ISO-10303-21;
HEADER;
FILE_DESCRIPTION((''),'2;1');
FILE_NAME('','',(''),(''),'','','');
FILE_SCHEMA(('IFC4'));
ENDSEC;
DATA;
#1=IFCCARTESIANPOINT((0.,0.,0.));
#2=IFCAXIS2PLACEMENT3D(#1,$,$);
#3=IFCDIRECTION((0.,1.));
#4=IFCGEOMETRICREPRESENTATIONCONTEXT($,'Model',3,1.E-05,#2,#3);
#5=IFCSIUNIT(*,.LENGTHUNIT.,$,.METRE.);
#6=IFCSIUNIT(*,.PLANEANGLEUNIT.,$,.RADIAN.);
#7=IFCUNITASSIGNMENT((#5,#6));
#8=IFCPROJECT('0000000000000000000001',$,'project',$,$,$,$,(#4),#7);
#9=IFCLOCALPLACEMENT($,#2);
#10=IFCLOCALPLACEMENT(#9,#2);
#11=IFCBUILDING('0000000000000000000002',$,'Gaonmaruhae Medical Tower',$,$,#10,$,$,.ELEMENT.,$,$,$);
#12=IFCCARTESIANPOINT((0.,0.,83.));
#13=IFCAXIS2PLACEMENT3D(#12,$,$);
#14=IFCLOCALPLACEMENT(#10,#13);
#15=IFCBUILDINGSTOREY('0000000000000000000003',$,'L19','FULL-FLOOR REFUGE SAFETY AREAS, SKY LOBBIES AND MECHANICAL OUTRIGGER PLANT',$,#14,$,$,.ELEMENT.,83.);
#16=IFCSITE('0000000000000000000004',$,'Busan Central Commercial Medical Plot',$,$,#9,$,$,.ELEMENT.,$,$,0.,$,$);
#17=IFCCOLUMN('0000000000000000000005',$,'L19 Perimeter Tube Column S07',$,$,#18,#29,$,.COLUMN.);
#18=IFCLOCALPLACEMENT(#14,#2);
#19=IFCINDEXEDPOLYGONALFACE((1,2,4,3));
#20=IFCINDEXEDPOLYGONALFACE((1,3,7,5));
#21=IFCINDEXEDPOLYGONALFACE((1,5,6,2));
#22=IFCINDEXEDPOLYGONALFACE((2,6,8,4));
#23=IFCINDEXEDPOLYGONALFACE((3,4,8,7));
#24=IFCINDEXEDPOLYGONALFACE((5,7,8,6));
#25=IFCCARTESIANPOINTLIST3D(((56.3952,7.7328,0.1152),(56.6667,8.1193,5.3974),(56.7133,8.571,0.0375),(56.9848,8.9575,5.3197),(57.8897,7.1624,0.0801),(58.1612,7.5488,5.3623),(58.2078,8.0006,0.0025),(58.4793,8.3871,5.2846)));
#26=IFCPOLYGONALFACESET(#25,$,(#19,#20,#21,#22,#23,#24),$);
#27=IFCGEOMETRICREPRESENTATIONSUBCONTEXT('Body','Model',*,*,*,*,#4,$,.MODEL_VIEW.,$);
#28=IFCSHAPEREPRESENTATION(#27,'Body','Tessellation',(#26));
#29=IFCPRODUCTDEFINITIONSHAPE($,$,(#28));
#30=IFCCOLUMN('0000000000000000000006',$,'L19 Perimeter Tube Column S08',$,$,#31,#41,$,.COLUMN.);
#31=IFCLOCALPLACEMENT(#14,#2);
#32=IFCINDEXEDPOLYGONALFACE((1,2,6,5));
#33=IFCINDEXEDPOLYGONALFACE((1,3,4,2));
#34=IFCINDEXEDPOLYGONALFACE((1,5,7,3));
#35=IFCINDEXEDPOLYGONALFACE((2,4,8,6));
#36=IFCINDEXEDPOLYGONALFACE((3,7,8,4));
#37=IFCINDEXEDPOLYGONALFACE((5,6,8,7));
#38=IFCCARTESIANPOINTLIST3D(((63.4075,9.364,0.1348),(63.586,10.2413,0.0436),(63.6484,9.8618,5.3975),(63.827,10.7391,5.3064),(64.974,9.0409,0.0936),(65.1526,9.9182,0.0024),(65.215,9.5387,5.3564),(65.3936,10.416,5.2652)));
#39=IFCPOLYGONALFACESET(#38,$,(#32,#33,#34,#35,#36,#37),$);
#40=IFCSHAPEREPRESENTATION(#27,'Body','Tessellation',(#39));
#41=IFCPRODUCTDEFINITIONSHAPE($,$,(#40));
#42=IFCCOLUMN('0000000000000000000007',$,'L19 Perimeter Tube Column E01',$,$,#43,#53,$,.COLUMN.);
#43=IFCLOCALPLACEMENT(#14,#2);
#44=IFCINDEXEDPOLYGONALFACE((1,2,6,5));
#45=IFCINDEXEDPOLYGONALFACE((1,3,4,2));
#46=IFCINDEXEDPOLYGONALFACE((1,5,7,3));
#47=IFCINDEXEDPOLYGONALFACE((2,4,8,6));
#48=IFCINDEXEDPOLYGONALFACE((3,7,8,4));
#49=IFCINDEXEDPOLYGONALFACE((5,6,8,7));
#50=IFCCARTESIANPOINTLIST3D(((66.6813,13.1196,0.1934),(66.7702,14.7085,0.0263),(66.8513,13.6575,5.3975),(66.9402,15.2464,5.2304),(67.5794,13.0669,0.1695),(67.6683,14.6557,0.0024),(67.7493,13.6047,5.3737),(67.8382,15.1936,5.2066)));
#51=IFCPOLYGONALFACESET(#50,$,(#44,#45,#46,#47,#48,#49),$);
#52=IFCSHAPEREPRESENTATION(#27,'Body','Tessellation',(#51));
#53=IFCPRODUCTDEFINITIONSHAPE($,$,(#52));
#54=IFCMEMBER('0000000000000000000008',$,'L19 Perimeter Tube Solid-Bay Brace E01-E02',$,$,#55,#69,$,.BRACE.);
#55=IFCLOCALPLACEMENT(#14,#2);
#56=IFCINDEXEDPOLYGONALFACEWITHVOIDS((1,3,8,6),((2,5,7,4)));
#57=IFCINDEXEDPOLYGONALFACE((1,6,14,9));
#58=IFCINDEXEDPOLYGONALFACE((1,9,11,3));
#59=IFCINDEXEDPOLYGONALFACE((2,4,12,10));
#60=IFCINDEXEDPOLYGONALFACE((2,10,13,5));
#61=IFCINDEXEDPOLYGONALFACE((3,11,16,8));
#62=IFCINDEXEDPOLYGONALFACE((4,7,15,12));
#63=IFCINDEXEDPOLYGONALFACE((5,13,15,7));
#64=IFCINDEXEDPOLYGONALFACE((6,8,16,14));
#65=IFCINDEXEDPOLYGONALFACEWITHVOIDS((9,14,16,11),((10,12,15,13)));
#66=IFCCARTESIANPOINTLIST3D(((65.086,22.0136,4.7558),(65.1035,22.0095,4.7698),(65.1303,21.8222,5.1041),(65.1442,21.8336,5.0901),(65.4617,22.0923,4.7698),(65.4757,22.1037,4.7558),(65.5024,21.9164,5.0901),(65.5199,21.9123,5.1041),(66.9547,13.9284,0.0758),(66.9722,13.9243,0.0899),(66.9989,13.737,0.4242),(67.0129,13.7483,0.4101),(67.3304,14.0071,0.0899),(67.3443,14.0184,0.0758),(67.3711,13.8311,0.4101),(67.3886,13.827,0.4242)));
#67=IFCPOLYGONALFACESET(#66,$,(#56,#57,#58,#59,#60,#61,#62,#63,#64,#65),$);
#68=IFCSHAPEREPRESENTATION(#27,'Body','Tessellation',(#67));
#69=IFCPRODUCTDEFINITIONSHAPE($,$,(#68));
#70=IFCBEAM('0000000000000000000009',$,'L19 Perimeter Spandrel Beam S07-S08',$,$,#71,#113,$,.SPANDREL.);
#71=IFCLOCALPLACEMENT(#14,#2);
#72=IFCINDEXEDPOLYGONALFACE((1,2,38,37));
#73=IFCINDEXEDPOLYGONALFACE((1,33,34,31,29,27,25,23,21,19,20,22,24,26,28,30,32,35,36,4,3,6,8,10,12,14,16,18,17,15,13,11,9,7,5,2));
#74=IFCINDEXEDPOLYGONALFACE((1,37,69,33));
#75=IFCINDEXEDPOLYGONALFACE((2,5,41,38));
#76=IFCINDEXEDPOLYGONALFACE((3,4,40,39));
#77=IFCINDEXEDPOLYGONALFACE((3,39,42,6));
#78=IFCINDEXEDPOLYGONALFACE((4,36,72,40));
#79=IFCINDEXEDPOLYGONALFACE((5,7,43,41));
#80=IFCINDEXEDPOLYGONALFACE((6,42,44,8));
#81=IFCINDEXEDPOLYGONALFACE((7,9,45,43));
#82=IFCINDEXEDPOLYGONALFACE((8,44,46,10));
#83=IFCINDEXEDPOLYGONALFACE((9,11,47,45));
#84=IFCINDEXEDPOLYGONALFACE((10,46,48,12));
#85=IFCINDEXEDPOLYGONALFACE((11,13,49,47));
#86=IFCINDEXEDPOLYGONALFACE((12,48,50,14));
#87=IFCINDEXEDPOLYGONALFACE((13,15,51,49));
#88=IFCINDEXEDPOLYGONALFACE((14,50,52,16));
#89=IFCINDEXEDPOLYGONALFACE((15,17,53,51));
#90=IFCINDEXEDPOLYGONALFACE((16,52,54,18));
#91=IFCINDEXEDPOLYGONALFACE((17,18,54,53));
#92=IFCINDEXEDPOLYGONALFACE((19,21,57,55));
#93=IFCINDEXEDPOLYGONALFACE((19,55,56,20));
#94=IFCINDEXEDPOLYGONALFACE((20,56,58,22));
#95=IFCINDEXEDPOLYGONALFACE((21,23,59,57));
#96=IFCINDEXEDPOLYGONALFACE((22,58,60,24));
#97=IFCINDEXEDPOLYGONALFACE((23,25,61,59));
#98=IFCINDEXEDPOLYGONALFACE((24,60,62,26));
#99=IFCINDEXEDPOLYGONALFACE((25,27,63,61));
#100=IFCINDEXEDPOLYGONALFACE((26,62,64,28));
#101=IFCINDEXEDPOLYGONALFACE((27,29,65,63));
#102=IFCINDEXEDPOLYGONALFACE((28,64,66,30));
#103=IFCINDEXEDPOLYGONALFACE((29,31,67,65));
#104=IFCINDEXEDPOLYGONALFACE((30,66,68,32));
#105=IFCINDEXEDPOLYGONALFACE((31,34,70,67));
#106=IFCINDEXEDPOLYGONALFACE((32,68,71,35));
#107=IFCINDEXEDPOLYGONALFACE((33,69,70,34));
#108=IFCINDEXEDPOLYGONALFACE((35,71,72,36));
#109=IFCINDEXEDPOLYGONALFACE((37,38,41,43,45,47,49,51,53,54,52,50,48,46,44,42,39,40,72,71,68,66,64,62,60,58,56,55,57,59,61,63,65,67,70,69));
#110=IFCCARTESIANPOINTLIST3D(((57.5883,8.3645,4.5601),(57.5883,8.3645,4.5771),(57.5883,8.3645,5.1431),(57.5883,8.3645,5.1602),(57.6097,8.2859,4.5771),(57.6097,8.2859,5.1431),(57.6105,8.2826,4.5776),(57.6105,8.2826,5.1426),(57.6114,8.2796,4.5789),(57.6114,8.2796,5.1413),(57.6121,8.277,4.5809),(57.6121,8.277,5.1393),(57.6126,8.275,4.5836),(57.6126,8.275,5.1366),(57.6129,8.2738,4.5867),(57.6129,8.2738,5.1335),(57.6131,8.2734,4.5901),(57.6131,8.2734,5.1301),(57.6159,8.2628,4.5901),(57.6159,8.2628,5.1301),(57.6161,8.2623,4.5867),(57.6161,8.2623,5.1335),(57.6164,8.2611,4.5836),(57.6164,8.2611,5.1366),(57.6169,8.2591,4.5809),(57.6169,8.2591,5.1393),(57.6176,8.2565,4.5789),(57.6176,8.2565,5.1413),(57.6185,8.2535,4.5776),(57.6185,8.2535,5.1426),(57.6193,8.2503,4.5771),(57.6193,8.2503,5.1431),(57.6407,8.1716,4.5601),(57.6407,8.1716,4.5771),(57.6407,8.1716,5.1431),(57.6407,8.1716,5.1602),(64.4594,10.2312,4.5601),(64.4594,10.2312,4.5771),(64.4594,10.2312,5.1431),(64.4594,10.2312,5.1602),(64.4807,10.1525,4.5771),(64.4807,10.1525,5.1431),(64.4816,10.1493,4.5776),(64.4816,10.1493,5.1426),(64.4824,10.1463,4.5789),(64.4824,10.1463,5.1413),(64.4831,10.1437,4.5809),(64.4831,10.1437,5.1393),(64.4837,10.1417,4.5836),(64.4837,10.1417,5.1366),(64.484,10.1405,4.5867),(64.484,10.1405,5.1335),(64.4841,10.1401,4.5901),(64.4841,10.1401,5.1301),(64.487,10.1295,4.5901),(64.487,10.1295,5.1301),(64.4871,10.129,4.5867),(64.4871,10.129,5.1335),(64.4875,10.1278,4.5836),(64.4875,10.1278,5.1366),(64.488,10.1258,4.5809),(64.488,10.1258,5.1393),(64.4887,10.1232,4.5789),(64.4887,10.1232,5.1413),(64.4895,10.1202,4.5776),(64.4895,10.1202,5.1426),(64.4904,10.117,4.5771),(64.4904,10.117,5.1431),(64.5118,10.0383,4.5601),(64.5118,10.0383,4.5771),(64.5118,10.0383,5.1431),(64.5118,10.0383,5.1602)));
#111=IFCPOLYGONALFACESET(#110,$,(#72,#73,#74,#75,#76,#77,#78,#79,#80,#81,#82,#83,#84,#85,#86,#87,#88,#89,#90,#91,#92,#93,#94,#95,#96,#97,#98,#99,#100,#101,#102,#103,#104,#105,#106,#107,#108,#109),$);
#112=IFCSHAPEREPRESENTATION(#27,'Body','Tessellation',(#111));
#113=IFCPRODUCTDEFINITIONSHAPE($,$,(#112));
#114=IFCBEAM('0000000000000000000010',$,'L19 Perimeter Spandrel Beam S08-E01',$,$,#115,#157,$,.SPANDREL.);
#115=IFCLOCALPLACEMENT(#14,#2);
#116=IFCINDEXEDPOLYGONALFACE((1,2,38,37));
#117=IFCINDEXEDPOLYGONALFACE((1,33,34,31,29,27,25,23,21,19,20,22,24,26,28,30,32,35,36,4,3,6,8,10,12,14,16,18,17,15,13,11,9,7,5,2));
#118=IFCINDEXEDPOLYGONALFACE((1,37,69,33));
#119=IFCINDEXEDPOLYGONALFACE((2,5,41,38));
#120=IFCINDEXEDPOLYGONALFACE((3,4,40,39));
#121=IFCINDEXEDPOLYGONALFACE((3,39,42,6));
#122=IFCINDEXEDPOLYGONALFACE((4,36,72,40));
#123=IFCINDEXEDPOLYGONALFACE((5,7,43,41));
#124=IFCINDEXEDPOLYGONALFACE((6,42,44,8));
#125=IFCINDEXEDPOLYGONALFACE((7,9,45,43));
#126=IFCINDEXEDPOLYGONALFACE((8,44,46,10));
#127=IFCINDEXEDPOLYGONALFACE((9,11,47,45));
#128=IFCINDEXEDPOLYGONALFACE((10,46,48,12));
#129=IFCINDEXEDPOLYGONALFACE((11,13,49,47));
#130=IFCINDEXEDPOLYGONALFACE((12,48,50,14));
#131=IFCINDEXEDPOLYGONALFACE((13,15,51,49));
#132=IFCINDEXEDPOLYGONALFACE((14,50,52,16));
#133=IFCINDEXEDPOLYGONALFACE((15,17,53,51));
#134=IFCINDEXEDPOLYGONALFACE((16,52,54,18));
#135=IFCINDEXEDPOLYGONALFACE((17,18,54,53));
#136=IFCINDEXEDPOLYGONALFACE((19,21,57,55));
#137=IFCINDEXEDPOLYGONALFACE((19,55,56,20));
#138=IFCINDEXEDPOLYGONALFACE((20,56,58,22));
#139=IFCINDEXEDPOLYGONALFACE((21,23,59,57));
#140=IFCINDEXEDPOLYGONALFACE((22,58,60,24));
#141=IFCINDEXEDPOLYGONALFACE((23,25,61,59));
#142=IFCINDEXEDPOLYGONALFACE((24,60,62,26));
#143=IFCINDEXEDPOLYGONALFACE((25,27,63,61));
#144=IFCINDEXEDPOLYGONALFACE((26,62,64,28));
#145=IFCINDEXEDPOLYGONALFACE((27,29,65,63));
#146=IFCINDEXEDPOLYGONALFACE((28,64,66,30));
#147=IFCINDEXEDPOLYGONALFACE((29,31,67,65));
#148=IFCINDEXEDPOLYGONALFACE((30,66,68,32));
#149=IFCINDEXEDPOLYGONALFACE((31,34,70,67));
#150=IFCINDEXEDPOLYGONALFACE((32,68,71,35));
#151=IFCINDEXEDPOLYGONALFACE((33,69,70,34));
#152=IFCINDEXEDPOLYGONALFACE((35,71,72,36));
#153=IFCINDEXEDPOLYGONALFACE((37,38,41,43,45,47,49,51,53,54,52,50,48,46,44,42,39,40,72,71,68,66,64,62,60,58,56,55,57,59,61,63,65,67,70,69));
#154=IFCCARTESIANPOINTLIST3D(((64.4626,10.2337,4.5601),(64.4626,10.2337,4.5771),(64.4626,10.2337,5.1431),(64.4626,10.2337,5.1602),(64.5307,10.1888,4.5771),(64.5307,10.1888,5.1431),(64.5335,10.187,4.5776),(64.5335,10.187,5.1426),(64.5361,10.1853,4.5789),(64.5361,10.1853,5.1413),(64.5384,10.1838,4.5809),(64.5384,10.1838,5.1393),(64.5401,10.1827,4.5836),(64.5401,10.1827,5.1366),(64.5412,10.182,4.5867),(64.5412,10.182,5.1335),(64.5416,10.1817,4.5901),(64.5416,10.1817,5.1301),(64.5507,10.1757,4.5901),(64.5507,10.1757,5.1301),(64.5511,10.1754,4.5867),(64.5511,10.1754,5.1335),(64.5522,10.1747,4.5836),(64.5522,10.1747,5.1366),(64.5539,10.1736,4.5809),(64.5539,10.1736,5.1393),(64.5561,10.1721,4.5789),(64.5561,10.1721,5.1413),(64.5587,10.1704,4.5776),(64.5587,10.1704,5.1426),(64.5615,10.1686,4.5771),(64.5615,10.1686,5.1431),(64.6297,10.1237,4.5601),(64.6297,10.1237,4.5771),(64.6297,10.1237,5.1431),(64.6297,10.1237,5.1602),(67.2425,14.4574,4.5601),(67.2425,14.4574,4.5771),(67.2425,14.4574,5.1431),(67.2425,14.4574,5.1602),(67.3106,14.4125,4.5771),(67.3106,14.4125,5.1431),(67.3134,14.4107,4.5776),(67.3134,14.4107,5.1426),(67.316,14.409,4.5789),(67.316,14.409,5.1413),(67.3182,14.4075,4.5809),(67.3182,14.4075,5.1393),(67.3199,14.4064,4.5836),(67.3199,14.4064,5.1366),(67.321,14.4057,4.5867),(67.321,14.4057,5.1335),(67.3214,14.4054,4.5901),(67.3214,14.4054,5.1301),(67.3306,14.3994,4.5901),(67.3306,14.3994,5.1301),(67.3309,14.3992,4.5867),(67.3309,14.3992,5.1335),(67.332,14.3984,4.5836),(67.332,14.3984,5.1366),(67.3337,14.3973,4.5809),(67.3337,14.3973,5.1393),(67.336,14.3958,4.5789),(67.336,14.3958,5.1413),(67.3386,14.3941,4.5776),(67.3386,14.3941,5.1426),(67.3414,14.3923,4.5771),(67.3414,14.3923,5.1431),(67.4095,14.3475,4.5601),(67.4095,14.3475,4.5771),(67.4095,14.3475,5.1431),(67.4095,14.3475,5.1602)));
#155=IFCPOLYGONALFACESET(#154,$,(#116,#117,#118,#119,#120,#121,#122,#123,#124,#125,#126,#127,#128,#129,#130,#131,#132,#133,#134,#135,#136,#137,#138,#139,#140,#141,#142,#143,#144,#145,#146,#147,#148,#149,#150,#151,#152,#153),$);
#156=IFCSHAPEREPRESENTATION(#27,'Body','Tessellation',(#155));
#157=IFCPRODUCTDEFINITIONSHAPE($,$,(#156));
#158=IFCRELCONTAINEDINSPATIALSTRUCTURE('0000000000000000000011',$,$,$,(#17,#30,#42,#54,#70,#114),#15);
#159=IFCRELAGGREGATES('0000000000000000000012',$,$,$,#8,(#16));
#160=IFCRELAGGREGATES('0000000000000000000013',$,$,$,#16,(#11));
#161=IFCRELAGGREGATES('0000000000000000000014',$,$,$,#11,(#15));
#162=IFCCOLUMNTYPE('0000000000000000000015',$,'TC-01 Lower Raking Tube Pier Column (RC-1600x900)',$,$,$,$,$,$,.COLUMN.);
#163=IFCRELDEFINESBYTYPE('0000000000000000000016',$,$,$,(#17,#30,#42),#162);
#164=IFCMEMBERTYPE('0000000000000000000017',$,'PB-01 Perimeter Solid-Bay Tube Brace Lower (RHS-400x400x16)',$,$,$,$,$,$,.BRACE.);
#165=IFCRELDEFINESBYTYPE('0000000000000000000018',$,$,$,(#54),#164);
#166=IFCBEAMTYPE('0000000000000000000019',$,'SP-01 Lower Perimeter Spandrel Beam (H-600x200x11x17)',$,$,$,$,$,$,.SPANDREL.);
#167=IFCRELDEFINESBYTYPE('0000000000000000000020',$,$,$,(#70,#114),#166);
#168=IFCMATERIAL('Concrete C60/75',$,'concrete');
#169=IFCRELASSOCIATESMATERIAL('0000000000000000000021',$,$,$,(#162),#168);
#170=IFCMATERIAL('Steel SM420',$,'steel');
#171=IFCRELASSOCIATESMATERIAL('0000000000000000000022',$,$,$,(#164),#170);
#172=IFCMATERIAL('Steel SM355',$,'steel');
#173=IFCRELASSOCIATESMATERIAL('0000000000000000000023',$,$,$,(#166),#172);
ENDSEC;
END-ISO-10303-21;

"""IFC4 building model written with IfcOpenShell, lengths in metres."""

from ifc_helpers import new_model, si_unit, direction, frame, origin, origin_2d, place, context, subcontext, project, spatial, rectangle, hollow_rectangle, i_section, extrude, material, material_profile, profile_set, type_object, element, save


model = new_model("IFC4")

# Units and contexts
model_context = context("Model", 3, precision=1e-05, world=origin(), true_north=direction((0.0, 1.0)))
body_context = subcontext(model_context, "Body", "Model", "MODEL_VIEW")
ifc_project = project(units=[si_unit("LENGTHUNIT", "METRE"), si_unit("PLANEANGLEUNIT", "RADIAN")], contexts=[model_context])

# Site, building, storey
site_placement = place(None, origin())
site = spatial("IfcSite", under=ifc_project, at=site_placement, Name="Busan Central Commercial Medical Plot", CompositionType="ELEMENT", RefElevation=0.0)
building_placement = place(site_placement, origin())
building = spatial("IfcBuilding", under=site, at=building_placement, Name="Gaonmaruhae Medical Tower", CompositionType="ELEMENT")
storey_placement = place(building_placement, frame((0.0, 0.0, 83.0)))
storey = spatial("IfcBuildingStorey", under=building, at=storey_placement, Name="L19", Description="FULL-FLOOR REFUGE SAFETY AREAS, SKY LOBBIES AND MECHANICAL OUTRIGGER PLANT", CompositionType="ELEMENT", Elevation=83.0)

# Columns
ifc_material_1 = material(Name="Concrete C60/75", Category="concrete")
ifc_material_profile_1 = material_profile(ifc_material_1, rectangle(XDim=1.6001, YDim=0.8999, at=origin_2d()), Name="RC-1600x900")
ifc_profile_set_1 = profile_set([ifc_material_profile_1], Name="Concrete C60/75")
column_type = type_object("IfcColumnType", Name="TC-01 Lower Raking Tube Pier Column (RC-1600x900)", PredefinedType="COLUMN", material=ifc_profile_set_1)
column_1_placement = place(storey_placement, frame((57.3015, 7.8667, 0.0588), z_axis=(0.051192, 0.072874, 0.996026), x_axis=(-0.934036, 0.356505, 0.021922)))
element("IfcColumn", 1, at=column_1_placement, inside=storey, type_object=column_type, Name="L19 Perimeter Tube Column S07", PredefinedType="COLUMN", context=body_context, shape_type="SweptSolid", body=[
    extrude(rectangle(XDim=1.6001, YDim=0.8999, at=origin_2d()), origin(), (0.0, 0.0, 1.0), 5.3032),
])
column_2_placement = place(storey_placement, frame((64.28, 9.6411, 0.0686), z_axis=(0.045537, 0.094073, 0.994523), x_axis=(-0.979059, 0.201946, 0.025727)))
element("IfcColumn", 2, at=column_2_placement, inside=storey, type_object=column_type, Name="L19 Perimeter Tube Column S08", PredefinedType="COLUMN", context=body_context, shape_type="SweptSolid", body=[
    extrude(rectangle(XDim=1.6001, YDim=0.8999, at=origin_2d()), origin(), (0.0, 0.0, 1.0), 5.2917),
])
column_3_placement = place(storey_placement, frame((67.1748, 13.8877, 0.0979), z_axis=(0.032461, 0.102748, 0.994178), x_axis=(-0.055568, -0.992978, 0.104438)))
element("IfcColumn", 3, at=column_3_placement, inside=storey, type_object=column_type, Name="L19 Perimeter Tube Column E01", PredefinedType="COLUMN", context=body_context, shape_type="SweptSolid", body=[
    extrude(rectangle(XDim=1.6001, YDim=0.8999, at=origin_2d()), origin(), (0.0, 0.0, 1.0), 5.2346),
])

# Member
ifc_material_2 = material(Name="Steel SM420", Category="steel")
ifc_material_profile_2 = material_profile(ifc_material_2, hollow_rectangle(XDim=0.3999, YDim=0.3999, WallThickness=0.0161, at=origin_2d()), Name="RHS-400x400x16")
ifc_profile_set_2 = profile_set([ifc_material_profile_2], Name="Steel SM420")
member_type = type_object("IfcMemberType", Name="PB-01 Perimeter Solid-Bay Tube Brace Lower (RHS-400x400x16)", PredefinedType="BRACE", material=ifc_profile_set_2)
member_placement = place(storey_placement, frame((67.1716, 13.8777, 0.25), z_axis=(-0.196142, 0.84866, 0.491227), x_axis=(-0.974316, -0.225184, 0.0)))
element("IfcMember", 4, at=member_placement, inside=storey, type_object=member_type, Name="L19 Perimeter Tube Solid-Bay Brace E01-E02", PredefinedType="BRACE", context=body_context, shape_type="SweptSolid", body=[
    extrude(hollow_rectangle(XDim=0.3999, YDim=0.3999, WallThickness=0.0161, at=origin_2d()), origin(), (0.0, 0.0, 1.0), 9.5271),
])

# Beams
ifc_material_3 = material(Name="Steel SM355", Category="steel")
ifc_material_profile_3 = material_profile(ifc_material_3, i_section(OverallWidth=0.2, OverallDepth=0.6001, WebThickness=0.011, FlangeThickness=0.0171, FilletRadius=0.0129, at=origin_2d()), Name="H-600x200x11x17")
ifc_profile_set_3 = profile_set([ifc_material_profile_3], Name="Steel SM355")
beam_type_1 = type_object("IfcBeamType", Name="SP-01 Lower Perimeter Spandrel Beam (H-600x200x11x17)", PredefinedType="SPANDREL", material=ifc_profile_set_3)
beam_1_placement = place(storey_placement, frame((57.6145, 8.2681, 4.8601), z_axis=(0.965021, 0.262171, 0.0), x_axis=(-0.262171, 0.965021, 0.0)))
element("IfcBeam", 5, at=beam_1_placement, inside=storey, type_object=beam_type_1, Name="L19 Perimeter Spandrel Beam S07-S08", PredefinedType="SPANDREL", context=body_context, shape_type="SweptSolid", body=[
    extrude(i_section(OverallWidth=0.2, OverallDepth=0.6001, WebThickness=0.011, FlangeThickness=0.0171, FilletRadius=0.0129, at=origin_2d()), origin(), (0.0, 0.0, 1.0), 7.1201),
])
beam_2_placement = place(storey_placement, frame((64.5461, 10.1787, 4.8601), z_axis=(0.549765, 0.835319, 0.0), x_axis=(-0.835319, 0.549765, 0.0)))
element("IfcBeam", 6, at=beam_2_placement, inside=storey, type_object=beam_type_1, Name="L19 Perimeter Spandrel Beam S08-E01", PredefinedType="SPANDREL", context=body_context, shape_type="SweptSolid", body=[
    extrude(i_section(OverallWidth=0.2, OverallDepth=0.6001, WebThickness=0.011, FlangeThickness=0.0171, FilletRadius=0.0129, at=origin_2d()), origin(), (0.0, 0.0, 1.0), 5.0564),
])

save(model, "model.ifc")
